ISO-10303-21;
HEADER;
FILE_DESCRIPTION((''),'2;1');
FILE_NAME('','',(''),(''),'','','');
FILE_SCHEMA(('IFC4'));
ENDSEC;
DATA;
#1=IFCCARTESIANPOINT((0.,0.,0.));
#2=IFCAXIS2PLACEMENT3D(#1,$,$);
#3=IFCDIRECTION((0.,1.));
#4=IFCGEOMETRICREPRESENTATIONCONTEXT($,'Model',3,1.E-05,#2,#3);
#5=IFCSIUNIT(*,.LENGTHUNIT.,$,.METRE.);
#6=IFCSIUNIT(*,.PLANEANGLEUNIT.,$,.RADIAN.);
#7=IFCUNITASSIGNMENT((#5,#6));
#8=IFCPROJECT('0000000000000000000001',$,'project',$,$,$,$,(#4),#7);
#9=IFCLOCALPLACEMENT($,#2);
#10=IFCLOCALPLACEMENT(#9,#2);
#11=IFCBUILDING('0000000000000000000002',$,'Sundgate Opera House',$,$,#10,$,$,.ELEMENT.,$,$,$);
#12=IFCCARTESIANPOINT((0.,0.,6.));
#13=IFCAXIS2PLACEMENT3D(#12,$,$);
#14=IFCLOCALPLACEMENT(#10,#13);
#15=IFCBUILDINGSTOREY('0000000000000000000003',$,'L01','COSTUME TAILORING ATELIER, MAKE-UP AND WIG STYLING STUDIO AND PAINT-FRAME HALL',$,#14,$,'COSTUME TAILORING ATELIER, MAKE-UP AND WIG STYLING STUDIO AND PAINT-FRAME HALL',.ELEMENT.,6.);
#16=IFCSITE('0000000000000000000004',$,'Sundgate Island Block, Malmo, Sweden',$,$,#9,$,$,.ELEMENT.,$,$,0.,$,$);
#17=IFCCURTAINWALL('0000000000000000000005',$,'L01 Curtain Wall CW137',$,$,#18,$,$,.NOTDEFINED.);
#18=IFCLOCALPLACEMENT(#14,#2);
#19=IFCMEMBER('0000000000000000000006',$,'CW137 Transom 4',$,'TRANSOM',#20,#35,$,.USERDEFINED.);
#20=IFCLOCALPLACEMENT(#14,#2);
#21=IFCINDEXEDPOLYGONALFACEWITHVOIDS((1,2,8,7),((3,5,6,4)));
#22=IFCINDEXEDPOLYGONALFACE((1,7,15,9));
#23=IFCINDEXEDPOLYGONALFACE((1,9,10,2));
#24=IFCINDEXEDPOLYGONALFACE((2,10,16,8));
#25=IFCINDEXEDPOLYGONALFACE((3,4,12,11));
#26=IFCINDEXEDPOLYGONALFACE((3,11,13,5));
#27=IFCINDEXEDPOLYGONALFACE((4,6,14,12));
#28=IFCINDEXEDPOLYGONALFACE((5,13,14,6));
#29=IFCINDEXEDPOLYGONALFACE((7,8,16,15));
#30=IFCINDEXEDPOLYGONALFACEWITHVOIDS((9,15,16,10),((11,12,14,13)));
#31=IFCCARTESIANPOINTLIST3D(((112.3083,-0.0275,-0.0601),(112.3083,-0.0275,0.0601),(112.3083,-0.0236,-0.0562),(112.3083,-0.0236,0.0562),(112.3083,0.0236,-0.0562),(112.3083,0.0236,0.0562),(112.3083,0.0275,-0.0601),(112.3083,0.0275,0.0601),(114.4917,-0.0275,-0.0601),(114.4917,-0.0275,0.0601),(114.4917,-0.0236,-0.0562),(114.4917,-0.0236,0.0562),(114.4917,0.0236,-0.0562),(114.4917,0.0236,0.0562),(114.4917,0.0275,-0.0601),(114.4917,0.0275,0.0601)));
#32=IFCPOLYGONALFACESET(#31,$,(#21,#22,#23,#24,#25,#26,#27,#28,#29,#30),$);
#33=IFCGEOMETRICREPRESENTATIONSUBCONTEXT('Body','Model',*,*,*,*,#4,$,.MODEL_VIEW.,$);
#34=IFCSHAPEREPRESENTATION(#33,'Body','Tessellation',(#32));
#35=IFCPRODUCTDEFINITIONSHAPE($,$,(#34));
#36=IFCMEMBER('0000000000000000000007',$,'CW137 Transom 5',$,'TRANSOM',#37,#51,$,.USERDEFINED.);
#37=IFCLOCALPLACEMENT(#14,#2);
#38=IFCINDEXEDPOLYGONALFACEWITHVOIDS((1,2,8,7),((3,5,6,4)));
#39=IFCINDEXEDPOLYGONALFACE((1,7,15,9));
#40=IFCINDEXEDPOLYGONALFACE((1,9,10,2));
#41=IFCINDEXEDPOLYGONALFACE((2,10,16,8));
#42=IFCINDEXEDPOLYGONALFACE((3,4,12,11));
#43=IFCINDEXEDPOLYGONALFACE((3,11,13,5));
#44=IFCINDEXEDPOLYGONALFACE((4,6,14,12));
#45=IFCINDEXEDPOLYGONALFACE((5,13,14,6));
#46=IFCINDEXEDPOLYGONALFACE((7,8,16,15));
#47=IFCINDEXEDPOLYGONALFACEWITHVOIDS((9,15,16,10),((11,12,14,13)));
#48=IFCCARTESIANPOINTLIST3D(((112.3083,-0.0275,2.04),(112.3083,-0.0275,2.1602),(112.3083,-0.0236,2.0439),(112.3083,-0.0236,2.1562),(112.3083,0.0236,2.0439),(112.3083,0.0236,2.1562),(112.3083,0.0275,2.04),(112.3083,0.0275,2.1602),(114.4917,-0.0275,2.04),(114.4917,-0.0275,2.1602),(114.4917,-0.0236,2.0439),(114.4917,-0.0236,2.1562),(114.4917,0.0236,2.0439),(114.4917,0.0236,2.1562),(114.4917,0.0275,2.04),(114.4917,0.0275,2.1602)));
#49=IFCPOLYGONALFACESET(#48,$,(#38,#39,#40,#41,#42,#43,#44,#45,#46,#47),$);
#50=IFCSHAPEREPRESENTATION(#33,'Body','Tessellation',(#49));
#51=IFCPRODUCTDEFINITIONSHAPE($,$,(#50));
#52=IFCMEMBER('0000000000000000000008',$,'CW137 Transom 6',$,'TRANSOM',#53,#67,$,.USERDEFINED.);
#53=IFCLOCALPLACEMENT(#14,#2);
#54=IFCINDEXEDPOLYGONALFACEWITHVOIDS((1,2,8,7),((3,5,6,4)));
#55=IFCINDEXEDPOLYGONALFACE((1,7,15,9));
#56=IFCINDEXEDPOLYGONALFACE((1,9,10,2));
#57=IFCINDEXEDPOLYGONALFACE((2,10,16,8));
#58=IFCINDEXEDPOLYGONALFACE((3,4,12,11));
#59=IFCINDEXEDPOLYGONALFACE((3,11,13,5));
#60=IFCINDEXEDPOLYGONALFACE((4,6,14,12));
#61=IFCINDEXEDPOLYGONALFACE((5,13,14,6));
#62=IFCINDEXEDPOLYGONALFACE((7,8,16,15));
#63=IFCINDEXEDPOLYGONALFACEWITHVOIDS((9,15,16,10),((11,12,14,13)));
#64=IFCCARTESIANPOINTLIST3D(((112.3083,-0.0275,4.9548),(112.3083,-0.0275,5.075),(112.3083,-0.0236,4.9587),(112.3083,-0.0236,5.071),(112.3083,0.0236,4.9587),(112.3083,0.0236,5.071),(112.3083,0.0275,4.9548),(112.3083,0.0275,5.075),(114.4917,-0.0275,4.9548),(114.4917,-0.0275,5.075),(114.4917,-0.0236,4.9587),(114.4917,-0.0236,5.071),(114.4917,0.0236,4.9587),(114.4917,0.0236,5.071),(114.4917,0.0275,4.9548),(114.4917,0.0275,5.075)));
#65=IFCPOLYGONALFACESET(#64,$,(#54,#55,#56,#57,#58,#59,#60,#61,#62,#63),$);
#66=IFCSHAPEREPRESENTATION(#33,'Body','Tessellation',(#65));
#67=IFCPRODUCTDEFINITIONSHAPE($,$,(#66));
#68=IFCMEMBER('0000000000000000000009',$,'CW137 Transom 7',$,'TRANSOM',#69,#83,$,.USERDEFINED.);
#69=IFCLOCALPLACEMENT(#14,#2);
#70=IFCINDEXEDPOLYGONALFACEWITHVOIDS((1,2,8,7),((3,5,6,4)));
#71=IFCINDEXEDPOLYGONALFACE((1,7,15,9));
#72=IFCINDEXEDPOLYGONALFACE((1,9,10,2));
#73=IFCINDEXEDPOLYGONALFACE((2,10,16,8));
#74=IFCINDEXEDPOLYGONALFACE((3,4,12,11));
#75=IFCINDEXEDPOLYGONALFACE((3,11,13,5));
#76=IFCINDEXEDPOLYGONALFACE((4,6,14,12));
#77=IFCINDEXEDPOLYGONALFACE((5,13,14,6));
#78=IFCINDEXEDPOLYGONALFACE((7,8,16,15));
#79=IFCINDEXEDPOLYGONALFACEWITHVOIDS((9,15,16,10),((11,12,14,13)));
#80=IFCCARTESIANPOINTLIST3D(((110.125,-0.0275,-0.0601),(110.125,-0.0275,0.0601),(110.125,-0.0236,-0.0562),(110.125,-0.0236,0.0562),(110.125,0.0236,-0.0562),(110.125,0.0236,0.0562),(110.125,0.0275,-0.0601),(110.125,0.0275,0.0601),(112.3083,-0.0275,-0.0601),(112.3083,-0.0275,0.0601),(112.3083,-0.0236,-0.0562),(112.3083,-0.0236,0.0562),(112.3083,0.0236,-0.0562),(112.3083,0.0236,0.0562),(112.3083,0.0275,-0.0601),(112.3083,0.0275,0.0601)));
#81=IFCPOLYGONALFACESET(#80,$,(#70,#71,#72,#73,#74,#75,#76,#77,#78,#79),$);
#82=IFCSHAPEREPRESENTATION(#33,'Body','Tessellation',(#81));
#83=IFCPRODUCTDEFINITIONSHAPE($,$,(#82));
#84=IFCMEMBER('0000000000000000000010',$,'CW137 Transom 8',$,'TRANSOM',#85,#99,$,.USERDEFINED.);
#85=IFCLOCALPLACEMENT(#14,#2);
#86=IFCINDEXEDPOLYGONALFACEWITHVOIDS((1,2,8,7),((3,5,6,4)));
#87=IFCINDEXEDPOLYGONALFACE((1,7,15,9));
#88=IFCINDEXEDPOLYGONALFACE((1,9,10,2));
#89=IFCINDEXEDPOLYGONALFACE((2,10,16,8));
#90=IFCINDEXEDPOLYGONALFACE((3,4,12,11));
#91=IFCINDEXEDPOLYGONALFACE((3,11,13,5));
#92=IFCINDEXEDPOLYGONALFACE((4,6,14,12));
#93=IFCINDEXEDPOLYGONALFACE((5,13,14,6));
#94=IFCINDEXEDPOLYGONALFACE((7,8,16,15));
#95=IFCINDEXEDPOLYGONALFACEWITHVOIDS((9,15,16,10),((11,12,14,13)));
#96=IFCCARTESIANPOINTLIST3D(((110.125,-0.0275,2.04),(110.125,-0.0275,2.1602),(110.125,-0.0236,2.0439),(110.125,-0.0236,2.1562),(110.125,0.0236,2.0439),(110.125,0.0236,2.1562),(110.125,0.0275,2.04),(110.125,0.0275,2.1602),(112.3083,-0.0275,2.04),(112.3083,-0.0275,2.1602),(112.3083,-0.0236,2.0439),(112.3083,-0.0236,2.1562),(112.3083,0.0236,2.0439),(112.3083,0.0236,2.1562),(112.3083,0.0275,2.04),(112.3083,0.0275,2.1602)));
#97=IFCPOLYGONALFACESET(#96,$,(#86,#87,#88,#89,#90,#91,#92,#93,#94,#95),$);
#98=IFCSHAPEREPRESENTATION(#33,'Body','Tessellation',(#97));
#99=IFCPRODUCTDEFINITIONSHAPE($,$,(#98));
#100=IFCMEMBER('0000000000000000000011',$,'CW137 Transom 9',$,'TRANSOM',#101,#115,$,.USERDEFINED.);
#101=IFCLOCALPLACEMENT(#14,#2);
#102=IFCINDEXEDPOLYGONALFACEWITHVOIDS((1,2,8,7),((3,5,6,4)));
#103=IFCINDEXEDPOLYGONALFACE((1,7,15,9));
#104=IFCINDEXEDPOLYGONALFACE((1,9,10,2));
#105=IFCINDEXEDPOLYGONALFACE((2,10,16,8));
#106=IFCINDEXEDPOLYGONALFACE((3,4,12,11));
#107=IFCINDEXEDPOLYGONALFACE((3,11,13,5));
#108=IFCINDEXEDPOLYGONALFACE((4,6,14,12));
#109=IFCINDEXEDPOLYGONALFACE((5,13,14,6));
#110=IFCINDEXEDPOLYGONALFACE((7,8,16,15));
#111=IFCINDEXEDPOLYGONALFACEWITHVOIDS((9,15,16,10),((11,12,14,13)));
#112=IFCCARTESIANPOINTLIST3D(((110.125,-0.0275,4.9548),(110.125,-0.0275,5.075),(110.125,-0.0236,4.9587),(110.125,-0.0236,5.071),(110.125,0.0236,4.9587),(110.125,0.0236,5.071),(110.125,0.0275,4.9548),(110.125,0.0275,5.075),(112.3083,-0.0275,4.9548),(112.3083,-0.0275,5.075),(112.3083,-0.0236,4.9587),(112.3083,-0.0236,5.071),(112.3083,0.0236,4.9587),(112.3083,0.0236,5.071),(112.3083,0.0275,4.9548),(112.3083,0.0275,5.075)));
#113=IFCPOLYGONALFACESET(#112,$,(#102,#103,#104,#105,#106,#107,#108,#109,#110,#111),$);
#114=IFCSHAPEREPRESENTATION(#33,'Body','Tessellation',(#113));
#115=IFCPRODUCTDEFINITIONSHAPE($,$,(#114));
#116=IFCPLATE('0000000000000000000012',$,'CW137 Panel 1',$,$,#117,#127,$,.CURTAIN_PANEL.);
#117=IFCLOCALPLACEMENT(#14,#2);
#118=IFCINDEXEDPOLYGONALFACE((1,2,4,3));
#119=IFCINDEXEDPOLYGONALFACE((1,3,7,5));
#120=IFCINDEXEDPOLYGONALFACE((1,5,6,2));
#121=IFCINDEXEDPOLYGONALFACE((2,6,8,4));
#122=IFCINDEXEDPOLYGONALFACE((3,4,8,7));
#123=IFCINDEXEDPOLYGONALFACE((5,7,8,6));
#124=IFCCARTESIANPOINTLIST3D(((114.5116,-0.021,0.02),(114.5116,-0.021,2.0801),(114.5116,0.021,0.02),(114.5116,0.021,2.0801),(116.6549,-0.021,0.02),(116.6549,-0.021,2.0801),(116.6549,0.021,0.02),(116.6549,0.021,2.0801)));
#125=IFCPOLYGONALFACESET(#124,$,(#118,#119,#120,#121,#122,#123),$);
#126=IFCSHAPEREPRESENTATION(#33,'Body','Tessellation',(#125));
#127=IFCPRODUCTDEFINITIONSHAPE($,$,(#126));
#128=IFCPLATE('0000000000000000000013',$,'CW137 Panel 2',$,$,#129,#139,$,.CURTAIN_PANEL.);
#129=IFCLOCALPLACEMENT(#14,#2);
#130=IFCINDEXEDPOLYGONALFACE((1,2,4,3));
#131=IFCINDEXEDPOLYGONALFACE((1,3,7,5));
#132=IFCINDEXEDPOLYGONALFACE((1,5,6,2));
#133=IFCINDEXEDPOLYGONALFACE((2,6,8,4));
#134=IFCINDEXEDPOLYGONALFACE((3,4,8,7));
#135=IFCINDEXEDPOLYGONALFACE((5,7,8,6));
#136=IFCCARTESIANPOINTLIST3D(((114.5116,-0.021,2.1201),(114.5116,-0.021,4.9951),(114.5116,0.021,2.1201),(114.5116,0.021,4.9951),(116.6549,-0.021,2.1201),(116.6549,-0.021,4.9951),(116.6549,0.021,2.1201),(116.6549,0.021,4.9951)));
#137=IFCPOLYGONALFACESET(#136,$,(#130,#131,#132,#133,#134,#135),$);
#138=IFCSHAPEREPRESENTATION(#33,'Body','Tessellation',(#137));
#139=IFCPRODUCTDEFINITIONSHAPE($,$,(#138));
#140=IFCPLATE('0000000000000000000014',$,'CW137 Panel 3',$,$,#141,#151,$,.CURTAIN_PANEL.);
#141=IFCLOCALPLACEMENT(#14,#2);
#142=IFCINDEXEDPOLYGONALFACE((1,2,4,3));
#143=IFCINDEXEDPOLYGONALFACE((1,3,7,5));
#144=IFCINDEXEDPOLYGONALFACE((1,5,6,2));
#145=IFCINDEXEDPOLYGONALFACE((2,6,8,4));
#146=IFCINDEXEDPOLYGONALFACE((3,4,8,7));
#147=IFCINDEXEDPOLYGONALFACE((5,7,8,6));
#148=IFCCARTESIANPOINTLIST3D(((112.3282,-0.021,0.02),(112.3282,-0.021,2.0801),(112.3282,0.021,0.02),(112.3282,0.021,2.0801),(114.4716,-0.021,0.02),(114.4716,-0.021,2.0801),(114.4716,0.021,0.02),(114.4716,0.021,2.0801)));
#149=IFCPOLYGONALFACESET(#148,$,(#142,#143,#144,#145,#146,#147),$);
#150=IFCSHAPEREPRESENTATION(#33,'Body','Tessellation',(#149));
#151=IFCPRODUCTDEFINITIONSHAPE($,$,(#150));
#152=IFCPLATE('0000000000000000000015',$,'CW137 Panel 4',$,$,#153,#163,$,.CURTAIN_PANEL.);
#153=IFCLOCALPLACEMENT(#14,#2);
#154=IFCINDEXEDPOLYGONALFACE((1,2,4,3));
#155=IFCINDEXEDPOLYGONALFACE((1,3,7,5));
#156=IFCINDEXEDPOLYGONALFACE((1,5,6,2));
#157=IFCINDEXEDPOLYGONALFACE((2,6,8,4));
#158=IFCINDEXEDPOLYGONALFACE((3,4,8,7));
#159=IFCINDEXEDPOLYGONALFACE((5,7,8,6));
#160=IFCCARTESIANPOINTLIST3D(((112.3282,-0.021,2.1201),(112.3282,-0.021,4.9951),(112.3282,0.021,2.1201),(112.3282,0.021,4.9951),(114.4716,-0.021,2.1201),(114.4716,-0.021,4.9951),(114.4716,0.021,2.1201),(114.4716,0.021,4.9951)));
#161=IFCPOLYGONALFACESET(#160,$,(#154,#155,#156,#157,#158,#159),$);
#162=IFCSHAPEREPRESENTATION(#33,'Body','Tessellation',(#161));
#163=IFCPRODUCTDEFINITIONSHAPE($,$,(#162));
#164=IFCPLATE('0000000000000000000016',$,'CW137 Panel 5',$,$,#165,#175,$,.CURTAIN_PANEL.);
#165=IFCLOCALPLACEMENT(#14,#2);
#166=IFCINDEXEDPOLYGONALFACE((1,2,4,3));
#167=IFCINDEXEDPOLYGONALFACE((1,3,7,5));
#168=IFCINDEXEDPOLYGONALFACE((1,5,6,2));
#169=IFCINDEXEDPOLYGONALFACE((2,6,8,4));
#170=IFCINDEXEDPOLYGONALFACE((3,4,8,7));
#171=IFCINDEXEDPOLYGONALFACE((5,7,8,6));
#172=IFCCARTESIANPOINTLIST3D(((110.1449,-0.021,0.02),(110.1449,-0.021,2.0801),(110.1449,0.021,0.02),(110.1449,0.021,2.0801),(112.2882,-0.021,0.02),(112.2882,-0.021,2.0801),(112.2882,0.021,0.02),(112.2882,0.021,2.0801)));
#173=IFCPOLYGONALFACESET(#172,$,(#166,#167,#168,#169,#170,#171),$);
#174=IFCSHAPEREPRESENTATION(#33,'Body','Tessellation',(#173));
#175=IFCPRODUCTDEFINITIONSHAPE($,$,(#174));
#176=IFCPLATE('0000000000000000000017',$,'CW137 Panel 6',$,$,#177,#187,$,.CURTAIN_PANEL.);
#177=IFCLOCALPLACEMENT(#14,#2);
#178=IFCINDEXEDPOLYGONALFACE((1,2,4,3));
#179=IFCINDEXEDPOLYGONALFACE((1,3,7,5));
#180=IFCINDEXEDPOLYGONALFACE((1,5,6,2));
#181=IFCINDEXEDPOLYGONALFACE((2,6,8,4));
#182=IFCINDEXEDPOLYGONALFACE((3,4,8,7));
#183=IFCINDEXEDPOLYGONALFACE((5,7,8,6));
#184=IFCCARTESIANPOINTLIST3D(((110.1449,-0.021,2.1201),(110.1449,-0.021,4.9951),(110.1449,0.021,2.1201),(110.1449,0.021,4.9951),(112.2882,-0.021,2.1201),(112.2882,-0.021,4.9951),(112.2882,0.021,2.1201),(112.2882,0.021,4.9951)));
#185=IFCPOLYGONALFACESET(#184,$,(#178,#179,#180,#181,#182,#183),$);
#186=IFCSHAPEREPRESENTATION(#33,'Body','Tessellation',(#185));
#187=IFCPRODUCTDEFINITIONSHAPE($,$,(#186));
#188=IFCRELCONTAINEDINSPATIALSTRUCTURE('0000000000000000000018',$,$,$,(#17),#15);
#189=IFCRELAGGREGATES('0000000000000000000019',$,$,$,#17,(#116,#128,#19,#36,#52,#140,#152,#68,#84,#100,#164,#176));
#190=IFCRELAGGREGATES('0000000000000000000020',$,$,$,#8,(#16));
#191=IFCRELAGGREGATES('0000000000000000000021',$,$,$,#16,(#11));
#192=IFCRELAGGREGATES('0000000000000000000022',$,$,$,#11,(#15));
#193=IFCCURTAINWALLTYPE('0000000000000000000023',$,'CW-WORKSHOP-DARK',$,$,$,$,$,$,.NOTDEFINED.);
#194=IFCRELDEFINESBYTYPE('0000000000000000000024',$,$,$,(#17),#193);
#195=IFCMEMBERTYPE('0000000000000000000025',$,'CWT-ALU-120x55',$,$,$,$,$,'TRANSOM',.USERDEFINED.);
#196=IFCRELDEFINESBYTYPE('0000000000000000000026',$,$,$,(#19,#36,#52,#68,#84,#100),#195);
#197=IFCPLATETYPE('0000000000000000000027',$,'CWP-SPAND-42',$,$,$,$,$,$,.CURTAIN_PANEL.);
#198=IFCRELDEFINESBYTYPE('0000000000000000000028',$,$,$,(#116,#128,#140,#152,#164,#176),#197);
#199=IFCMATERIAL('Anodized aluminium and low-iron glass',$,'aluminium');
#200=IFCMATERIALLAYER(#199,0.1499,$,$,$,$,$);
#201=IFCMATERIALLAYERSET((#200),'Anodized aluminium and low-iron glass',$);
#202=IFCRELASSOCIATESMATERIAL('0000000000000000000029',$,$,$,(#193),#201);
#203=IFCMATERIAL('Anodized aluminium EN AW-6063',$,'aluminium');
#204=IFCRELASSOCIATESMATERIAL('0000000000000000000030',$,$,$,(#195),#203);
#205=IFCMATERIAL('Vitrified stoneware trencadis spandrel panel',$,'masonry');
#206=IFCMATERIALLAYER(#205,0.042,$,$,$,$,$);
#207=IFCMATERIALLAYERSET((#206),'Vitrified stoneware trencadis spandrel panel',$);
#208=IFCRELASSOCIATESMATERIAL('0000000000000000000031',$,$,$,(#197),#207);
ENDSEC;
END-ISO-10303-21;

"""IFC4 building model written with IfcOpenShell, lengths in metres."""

from ifc_helpers import new_model, si_unit, direction, frame, origin, origin_2d, place, context, subcontext, project, spatial, rectangle, hollow_rectangle, extrude, material, layer, layer_set, material_profile, profile_set, type_object, element, aggregate, save


model = new_model("IFC4")

# Units and contexts
model_context = context("Model", 3, precision=1e-05, world=origin(), true_north=direction((0.0, 1.0)))
body_context = subcontext(model_context, "Body", "Model", "MODEL_VIEW")
ifc_project = project(units=[si_unit("LENGTHUNIT", "METRE"), si_unit("PLANEANGLEUNIT", "RADIAN")], contexts=[model_context])

# Site, building, storey
site_placement = place(None, origin())
site = spatial("IfcSite", under=ifc_project, at=site_placement, Name="Sundgate Island Block, Malmo, Sweden", CompositionType="ELEMENT", RefElevation=0.0)
building_placement = place(site_placement, origin())
building = spatial("IfcBuilding", under=site, at=building_placement, Name="Sundgate Opera House", CompositionType="ELEMENT")
storey_placement = place(building_placement, frame((0.0, 0.0, 6.0)))
storey = spatial("IfcBuildingStorey", under=building, at=storey_placement, Name="L01", Description="COSTUME TAILORING ATELIER, MAKE-UP AND WIG STYLING STUDIO AND PAINT-FRAME HALL", LongName="COSTUME TAILORING ATELIER, MAKE-UP AND WIG STYLING STUDIO AND PAINT-FRAME HALL", CompositionType="ELEMENT", Elevation=6.0)

# Curtain wall
ifc_material_1 = material(Name="Anodized aluminium and low-iron glass", Category="aluminium")
ifc_layer_1 = layer(ifc_material_1, 0.1499)
ifc_layer_set_1 = layer_set([ifc_layer_1], Name="Anodized aluminium and low-iron glass")
curtain_wall_type = type_object("IfcCurtainWallType", Name="CW-WORKSHOP-DARK", PredefinedType="NOTDEFINED", material=ifc_layer_set_1)
curtain_wall_1_placement = place(storey_placement, origin())
curtain_wall_1 = element("IfcCurtainWall", 1, at=curtain_wall_1_placement, inside=storey, type_object=curtain_wall_type, Name="L01 Curtain Wall CW137", PredefinedType="NOTDEFINED")

# Members
ifc_material_2 = material(Name="Anodized aluminium EN AW-6063", Category="aluminium")
ifc_material_profile_1 = material_profile(ifc_material_2, hollow_rectangle(XDim=0.0549, YDim=0.1201, WallThickness=0.0039, at=origin_2d()), Name="CWT 120x55x4")
ifc_profile_set_1 = profile_set([ifc_material_profile_1], Name="Anodized aluminium EN AW-6063")
member_type_1 = type_object("IfcMemberType", Name="CWT-ALU-120x55", ElementType="TRANSOM", PredefinedType="USERDEFINED", material=ifc_profile_set_1)
member_1_placement = place(storey_placement, frame((114.4917, 0.0, 0.0), z_axis=(-1.0, 0.0, 0.0), x_axis=(0.0, -1.0, 0.0)))
member_1 = element("IfcMember", 2, at=member_1_placement, type_object=member_type_1, Name="CW137 Transom 4", ObjectType="TRANSOM", PredefinedType="USERDEFINED", context=body_context, shape_type="SweptSolid", body=[
    extrude(hollow_rectangle(XDim=0.0549, YDim=0.1201, WallThickness=0.0039, at=origin_2d()), origin(), (0.0, 0.0, 1.0), 2.1833),
])
member_2_placement = place(storey_placement, frame((114.4917, 0.0, 2.1001), z_axis=(-1.0, 0.0, 0.0), x_axis=(0.0, -1.0, 0.0)))
member_2 = element("IfcMember", 3, at=member_2_placement, type_object=member_type_1, Name="CW137 Transom 5", ObjectType="TRANSOM", PredefinedType="USERDEFINED", context=body_context, shape_type="SweptSolid", body=[
    extrude(hollow_rectangle(XDim=0.0549, YDim=0.1201, WallThickness=0.0039, at=origin_2d()), origin(), (0.0, 0.0, 1.0), 2.1833),
])
member_3_placement = place(storey_placement, frame((114.4917, 0.0, 5.0149), z_axis=(-1.0, 0.0, 0.0), x_axis=(0.0, -1.0, 0.0)))
member_3 = element("IfcMember", 4, at=member_3_placement, type_object=member_type_1, Name="CW137 Transom 6", ObjectType="TRANSOM", PredefinedType="USERDEFINED", context=body_context, shape_type="SweptSolid", body=[
    extrude(hollow_rectangle(XDim=0.0549, YDim=0.1201, WallThickness=0.0039, at=origin_2d()), origin(), (0.0, 0.0, 1.0), 2.1833),
])
member_4_placement = place(storey_placement, frame((112.3083, 0.0, 0.0), z_axis=(-1.0, 0.0, 0.0), x_axis=(0.0, -1.0, 0.0)))
member_4 = element("IfcMember", 5, at=member_4_placement, type_object=member_type_1, Name="CW137 Transom 7", ObjectType="TRANSOM", PredefinedType="USERDEFINED", context=body_context, shape_type="SweptSolid", body=[
    extrude(hollow_rectangle(XDim=0.0549, YDim=0.1201, WallThickness=0.0039, at=origin_2d()), origin(), (0.0, 0.0, 1.0), 2.1833),
])
member_5_placement = place(storey_placement, frame((112.3083, 0.0, 2.1001), z_axis=(-1.0, 0.0, 0.0), x_axis=(0.0, -1.0, 0.0)))
member_5 = element("IfcMember", 6, at=member_5_placement, type_object=member_type_1, Name="CW137 Transom 8", ObjectType="TRANSOM", PredefinedType="USERDEFINED", context=body_context, shape_type="SweptSolid", body=[
    extrude(hollow_rectangle(XDim=0.0549, YDim=0.1201, WallThickness=0.0039, at=origin_2d()), origin(), (0.0, 0.0, 1.0), 2.1833),
])
member_6_placement = place(storey_placement, frame((112.3083, 0.0, 5.0149), z_axis=(-1.0, 0.0, 0.0), x_axis=(0.0, -1.0, 0.0)))
member_6 = element("IfcMember", 7, at=member_6_placement, type_object=member_type_1, Name="CW137 Transom 9", ObjectType="TRANSOM", PredefinedType="USERDEFINED", context=body_context, shape_type="SweptSolid", body=[
    extrude(hollow_rectangle(XDim=0.0549, YDim=0.1201, WallThickness=0.0039, at=origin_2d()), origin(), (0.0, 0.0, 1.0), 2.1833),
])

# Plates
ifc_material_3 = material(Name="Vitrified stoneware trencadis spandrel panel", Category="masonry")
ifc_layer_2 = layer(ifc_material_3, 0.042)
ifc_layer_set_2 = layer_set([ifc_layer_2], Name="Vitrified stoneware trencadis spandrel panel")
plate_type = type_object("IfcPlateType", Name="CWP-SPAND-42", PredefinedType="CURTAIN_PANEL", material=ifc_layer_set_2)
plate_1_placement = place(storey_placement, frame((115.5833, 0.0, 0.02), z_axis=(0.0, 0.0, 1.0), x_axis=(-1.0, 0.0, 0.0)))
plate_1 = element("IfcPlate", 8, at=plate_1_placement, type_object=plate_type, Name="CW137 Panel 1", PredefinedType="CURTAIN_PANEL", context=body_context, shape_type="SweptSolid", body=[
    extrude(rectangle(XDim=2.1433, YDim=0.042, at=origin_2d()), origin(), (0.0, 0.0, 1.0), 2.0601),
])
plate_2_placement = place(storey_placement, frame((115.5833, 0.0, 2.1201), z_axis=(0.0, 0.0, 1.0), x_axis=(-1.0, 0.0, 0.0)))
plate_2 = element("IfcPlate", 9, at=plate_2_placement, type_object=plate_type, Name="CW137 Panel 2", PredefinedType="CURTAIN_PANEL", context=body_context, shape_type="SweptSolid", body=[
    extrude(rectangle(XDim=2.1433, YDim=0.042, at=origin_2d()), origin(), (0.0, 0.0, 1.0), 2.875),
])
plate_3_placement = place(storey_placement, frame((113.3999, 0.0, 0.02), z_axis=(0.0, 0.0, 1.0), x_axis=(-1.0, 0.0, 0.0)))
plate_3 = element("IfcPlate", 10, at=plate_3_placement, type_object=plate_type, Name="CW137 Panel 3", PredefinedType="CURTAIN_PANEL", context=body_context, shape_type="SweptSolid", body=[
    extrude(rectangle(XDim=2.1433, YDim=0.042, at=origin_2d()), origin(), (0.0, 0.0, 1.0), 2.0601),
])
plate_4_placement = place(storey_placement, frame((113.3999, 0.0, 2.1201), z_axis=(0.0, 0.0, 1.0), x_axis=(-1.0, 0.0, 0.0)))
plate_4 = element("IfcPlate", 11, at=plate_4_placement, type_object=plate_type, Name="CW137 Panel 4", PredefinedType="CURTAIN_PANEL", context=body_context, shape_type="SweptSolid", body=[
    extrude(rectangle(XDim=2.1433, YDim=0.042, at=origin_2d()), origin(), (0.0, 0.0, 1.0), 2.875),
])
plate_5_placement = place(storey_placement, frame((111.2166, 0.0, 0.02), z_axis=(0.0, 0.0, 1.0), x_axis=(-1.0, 0.0, 0.0)))
plate_5 = element("IfcPlate", 12, at=plate_5_placement, type_object=plate_type, Name="CW137 Panel 5", PredefinedType="CURTAIN_PANEL", context=body_context, shape_type="SweptSolid", body=[
    extrude(rectangle(XDim=2.1433, YDim=0.042, at=origin_2d()), origin(), (0.0, 0.0, 1.0), 2.0601),
])
plate_6_placement = place(storey_placement, frame((111.2166, 0.0, 2.1201), z_axis=(0.0, 0.0, 1.0), x_axis=(-1.0, 0.0, 0.0)))
plate_6 = element("IfcPlate", 13, at=plate_6_placement, type_object=plate_type, Name="CW137 Panel 6", PredefinedType="CURTAIN_PANEL", context=body_context, shape_type="SweptSolid", body=[
    extrude(rectangle(XDim=2.1433, YDim=0.042, at=origin_2d()), origin(), (0.0, 0.0, 1.0), 2.875),
])
aggregate(curtain_wall_1, [plate_1, plate_2, member_1, member_2, member_3, plate_3, plate_4, member_4, member_5, member_6, plate_5, plate_6])

save(model, "model.ifc")
